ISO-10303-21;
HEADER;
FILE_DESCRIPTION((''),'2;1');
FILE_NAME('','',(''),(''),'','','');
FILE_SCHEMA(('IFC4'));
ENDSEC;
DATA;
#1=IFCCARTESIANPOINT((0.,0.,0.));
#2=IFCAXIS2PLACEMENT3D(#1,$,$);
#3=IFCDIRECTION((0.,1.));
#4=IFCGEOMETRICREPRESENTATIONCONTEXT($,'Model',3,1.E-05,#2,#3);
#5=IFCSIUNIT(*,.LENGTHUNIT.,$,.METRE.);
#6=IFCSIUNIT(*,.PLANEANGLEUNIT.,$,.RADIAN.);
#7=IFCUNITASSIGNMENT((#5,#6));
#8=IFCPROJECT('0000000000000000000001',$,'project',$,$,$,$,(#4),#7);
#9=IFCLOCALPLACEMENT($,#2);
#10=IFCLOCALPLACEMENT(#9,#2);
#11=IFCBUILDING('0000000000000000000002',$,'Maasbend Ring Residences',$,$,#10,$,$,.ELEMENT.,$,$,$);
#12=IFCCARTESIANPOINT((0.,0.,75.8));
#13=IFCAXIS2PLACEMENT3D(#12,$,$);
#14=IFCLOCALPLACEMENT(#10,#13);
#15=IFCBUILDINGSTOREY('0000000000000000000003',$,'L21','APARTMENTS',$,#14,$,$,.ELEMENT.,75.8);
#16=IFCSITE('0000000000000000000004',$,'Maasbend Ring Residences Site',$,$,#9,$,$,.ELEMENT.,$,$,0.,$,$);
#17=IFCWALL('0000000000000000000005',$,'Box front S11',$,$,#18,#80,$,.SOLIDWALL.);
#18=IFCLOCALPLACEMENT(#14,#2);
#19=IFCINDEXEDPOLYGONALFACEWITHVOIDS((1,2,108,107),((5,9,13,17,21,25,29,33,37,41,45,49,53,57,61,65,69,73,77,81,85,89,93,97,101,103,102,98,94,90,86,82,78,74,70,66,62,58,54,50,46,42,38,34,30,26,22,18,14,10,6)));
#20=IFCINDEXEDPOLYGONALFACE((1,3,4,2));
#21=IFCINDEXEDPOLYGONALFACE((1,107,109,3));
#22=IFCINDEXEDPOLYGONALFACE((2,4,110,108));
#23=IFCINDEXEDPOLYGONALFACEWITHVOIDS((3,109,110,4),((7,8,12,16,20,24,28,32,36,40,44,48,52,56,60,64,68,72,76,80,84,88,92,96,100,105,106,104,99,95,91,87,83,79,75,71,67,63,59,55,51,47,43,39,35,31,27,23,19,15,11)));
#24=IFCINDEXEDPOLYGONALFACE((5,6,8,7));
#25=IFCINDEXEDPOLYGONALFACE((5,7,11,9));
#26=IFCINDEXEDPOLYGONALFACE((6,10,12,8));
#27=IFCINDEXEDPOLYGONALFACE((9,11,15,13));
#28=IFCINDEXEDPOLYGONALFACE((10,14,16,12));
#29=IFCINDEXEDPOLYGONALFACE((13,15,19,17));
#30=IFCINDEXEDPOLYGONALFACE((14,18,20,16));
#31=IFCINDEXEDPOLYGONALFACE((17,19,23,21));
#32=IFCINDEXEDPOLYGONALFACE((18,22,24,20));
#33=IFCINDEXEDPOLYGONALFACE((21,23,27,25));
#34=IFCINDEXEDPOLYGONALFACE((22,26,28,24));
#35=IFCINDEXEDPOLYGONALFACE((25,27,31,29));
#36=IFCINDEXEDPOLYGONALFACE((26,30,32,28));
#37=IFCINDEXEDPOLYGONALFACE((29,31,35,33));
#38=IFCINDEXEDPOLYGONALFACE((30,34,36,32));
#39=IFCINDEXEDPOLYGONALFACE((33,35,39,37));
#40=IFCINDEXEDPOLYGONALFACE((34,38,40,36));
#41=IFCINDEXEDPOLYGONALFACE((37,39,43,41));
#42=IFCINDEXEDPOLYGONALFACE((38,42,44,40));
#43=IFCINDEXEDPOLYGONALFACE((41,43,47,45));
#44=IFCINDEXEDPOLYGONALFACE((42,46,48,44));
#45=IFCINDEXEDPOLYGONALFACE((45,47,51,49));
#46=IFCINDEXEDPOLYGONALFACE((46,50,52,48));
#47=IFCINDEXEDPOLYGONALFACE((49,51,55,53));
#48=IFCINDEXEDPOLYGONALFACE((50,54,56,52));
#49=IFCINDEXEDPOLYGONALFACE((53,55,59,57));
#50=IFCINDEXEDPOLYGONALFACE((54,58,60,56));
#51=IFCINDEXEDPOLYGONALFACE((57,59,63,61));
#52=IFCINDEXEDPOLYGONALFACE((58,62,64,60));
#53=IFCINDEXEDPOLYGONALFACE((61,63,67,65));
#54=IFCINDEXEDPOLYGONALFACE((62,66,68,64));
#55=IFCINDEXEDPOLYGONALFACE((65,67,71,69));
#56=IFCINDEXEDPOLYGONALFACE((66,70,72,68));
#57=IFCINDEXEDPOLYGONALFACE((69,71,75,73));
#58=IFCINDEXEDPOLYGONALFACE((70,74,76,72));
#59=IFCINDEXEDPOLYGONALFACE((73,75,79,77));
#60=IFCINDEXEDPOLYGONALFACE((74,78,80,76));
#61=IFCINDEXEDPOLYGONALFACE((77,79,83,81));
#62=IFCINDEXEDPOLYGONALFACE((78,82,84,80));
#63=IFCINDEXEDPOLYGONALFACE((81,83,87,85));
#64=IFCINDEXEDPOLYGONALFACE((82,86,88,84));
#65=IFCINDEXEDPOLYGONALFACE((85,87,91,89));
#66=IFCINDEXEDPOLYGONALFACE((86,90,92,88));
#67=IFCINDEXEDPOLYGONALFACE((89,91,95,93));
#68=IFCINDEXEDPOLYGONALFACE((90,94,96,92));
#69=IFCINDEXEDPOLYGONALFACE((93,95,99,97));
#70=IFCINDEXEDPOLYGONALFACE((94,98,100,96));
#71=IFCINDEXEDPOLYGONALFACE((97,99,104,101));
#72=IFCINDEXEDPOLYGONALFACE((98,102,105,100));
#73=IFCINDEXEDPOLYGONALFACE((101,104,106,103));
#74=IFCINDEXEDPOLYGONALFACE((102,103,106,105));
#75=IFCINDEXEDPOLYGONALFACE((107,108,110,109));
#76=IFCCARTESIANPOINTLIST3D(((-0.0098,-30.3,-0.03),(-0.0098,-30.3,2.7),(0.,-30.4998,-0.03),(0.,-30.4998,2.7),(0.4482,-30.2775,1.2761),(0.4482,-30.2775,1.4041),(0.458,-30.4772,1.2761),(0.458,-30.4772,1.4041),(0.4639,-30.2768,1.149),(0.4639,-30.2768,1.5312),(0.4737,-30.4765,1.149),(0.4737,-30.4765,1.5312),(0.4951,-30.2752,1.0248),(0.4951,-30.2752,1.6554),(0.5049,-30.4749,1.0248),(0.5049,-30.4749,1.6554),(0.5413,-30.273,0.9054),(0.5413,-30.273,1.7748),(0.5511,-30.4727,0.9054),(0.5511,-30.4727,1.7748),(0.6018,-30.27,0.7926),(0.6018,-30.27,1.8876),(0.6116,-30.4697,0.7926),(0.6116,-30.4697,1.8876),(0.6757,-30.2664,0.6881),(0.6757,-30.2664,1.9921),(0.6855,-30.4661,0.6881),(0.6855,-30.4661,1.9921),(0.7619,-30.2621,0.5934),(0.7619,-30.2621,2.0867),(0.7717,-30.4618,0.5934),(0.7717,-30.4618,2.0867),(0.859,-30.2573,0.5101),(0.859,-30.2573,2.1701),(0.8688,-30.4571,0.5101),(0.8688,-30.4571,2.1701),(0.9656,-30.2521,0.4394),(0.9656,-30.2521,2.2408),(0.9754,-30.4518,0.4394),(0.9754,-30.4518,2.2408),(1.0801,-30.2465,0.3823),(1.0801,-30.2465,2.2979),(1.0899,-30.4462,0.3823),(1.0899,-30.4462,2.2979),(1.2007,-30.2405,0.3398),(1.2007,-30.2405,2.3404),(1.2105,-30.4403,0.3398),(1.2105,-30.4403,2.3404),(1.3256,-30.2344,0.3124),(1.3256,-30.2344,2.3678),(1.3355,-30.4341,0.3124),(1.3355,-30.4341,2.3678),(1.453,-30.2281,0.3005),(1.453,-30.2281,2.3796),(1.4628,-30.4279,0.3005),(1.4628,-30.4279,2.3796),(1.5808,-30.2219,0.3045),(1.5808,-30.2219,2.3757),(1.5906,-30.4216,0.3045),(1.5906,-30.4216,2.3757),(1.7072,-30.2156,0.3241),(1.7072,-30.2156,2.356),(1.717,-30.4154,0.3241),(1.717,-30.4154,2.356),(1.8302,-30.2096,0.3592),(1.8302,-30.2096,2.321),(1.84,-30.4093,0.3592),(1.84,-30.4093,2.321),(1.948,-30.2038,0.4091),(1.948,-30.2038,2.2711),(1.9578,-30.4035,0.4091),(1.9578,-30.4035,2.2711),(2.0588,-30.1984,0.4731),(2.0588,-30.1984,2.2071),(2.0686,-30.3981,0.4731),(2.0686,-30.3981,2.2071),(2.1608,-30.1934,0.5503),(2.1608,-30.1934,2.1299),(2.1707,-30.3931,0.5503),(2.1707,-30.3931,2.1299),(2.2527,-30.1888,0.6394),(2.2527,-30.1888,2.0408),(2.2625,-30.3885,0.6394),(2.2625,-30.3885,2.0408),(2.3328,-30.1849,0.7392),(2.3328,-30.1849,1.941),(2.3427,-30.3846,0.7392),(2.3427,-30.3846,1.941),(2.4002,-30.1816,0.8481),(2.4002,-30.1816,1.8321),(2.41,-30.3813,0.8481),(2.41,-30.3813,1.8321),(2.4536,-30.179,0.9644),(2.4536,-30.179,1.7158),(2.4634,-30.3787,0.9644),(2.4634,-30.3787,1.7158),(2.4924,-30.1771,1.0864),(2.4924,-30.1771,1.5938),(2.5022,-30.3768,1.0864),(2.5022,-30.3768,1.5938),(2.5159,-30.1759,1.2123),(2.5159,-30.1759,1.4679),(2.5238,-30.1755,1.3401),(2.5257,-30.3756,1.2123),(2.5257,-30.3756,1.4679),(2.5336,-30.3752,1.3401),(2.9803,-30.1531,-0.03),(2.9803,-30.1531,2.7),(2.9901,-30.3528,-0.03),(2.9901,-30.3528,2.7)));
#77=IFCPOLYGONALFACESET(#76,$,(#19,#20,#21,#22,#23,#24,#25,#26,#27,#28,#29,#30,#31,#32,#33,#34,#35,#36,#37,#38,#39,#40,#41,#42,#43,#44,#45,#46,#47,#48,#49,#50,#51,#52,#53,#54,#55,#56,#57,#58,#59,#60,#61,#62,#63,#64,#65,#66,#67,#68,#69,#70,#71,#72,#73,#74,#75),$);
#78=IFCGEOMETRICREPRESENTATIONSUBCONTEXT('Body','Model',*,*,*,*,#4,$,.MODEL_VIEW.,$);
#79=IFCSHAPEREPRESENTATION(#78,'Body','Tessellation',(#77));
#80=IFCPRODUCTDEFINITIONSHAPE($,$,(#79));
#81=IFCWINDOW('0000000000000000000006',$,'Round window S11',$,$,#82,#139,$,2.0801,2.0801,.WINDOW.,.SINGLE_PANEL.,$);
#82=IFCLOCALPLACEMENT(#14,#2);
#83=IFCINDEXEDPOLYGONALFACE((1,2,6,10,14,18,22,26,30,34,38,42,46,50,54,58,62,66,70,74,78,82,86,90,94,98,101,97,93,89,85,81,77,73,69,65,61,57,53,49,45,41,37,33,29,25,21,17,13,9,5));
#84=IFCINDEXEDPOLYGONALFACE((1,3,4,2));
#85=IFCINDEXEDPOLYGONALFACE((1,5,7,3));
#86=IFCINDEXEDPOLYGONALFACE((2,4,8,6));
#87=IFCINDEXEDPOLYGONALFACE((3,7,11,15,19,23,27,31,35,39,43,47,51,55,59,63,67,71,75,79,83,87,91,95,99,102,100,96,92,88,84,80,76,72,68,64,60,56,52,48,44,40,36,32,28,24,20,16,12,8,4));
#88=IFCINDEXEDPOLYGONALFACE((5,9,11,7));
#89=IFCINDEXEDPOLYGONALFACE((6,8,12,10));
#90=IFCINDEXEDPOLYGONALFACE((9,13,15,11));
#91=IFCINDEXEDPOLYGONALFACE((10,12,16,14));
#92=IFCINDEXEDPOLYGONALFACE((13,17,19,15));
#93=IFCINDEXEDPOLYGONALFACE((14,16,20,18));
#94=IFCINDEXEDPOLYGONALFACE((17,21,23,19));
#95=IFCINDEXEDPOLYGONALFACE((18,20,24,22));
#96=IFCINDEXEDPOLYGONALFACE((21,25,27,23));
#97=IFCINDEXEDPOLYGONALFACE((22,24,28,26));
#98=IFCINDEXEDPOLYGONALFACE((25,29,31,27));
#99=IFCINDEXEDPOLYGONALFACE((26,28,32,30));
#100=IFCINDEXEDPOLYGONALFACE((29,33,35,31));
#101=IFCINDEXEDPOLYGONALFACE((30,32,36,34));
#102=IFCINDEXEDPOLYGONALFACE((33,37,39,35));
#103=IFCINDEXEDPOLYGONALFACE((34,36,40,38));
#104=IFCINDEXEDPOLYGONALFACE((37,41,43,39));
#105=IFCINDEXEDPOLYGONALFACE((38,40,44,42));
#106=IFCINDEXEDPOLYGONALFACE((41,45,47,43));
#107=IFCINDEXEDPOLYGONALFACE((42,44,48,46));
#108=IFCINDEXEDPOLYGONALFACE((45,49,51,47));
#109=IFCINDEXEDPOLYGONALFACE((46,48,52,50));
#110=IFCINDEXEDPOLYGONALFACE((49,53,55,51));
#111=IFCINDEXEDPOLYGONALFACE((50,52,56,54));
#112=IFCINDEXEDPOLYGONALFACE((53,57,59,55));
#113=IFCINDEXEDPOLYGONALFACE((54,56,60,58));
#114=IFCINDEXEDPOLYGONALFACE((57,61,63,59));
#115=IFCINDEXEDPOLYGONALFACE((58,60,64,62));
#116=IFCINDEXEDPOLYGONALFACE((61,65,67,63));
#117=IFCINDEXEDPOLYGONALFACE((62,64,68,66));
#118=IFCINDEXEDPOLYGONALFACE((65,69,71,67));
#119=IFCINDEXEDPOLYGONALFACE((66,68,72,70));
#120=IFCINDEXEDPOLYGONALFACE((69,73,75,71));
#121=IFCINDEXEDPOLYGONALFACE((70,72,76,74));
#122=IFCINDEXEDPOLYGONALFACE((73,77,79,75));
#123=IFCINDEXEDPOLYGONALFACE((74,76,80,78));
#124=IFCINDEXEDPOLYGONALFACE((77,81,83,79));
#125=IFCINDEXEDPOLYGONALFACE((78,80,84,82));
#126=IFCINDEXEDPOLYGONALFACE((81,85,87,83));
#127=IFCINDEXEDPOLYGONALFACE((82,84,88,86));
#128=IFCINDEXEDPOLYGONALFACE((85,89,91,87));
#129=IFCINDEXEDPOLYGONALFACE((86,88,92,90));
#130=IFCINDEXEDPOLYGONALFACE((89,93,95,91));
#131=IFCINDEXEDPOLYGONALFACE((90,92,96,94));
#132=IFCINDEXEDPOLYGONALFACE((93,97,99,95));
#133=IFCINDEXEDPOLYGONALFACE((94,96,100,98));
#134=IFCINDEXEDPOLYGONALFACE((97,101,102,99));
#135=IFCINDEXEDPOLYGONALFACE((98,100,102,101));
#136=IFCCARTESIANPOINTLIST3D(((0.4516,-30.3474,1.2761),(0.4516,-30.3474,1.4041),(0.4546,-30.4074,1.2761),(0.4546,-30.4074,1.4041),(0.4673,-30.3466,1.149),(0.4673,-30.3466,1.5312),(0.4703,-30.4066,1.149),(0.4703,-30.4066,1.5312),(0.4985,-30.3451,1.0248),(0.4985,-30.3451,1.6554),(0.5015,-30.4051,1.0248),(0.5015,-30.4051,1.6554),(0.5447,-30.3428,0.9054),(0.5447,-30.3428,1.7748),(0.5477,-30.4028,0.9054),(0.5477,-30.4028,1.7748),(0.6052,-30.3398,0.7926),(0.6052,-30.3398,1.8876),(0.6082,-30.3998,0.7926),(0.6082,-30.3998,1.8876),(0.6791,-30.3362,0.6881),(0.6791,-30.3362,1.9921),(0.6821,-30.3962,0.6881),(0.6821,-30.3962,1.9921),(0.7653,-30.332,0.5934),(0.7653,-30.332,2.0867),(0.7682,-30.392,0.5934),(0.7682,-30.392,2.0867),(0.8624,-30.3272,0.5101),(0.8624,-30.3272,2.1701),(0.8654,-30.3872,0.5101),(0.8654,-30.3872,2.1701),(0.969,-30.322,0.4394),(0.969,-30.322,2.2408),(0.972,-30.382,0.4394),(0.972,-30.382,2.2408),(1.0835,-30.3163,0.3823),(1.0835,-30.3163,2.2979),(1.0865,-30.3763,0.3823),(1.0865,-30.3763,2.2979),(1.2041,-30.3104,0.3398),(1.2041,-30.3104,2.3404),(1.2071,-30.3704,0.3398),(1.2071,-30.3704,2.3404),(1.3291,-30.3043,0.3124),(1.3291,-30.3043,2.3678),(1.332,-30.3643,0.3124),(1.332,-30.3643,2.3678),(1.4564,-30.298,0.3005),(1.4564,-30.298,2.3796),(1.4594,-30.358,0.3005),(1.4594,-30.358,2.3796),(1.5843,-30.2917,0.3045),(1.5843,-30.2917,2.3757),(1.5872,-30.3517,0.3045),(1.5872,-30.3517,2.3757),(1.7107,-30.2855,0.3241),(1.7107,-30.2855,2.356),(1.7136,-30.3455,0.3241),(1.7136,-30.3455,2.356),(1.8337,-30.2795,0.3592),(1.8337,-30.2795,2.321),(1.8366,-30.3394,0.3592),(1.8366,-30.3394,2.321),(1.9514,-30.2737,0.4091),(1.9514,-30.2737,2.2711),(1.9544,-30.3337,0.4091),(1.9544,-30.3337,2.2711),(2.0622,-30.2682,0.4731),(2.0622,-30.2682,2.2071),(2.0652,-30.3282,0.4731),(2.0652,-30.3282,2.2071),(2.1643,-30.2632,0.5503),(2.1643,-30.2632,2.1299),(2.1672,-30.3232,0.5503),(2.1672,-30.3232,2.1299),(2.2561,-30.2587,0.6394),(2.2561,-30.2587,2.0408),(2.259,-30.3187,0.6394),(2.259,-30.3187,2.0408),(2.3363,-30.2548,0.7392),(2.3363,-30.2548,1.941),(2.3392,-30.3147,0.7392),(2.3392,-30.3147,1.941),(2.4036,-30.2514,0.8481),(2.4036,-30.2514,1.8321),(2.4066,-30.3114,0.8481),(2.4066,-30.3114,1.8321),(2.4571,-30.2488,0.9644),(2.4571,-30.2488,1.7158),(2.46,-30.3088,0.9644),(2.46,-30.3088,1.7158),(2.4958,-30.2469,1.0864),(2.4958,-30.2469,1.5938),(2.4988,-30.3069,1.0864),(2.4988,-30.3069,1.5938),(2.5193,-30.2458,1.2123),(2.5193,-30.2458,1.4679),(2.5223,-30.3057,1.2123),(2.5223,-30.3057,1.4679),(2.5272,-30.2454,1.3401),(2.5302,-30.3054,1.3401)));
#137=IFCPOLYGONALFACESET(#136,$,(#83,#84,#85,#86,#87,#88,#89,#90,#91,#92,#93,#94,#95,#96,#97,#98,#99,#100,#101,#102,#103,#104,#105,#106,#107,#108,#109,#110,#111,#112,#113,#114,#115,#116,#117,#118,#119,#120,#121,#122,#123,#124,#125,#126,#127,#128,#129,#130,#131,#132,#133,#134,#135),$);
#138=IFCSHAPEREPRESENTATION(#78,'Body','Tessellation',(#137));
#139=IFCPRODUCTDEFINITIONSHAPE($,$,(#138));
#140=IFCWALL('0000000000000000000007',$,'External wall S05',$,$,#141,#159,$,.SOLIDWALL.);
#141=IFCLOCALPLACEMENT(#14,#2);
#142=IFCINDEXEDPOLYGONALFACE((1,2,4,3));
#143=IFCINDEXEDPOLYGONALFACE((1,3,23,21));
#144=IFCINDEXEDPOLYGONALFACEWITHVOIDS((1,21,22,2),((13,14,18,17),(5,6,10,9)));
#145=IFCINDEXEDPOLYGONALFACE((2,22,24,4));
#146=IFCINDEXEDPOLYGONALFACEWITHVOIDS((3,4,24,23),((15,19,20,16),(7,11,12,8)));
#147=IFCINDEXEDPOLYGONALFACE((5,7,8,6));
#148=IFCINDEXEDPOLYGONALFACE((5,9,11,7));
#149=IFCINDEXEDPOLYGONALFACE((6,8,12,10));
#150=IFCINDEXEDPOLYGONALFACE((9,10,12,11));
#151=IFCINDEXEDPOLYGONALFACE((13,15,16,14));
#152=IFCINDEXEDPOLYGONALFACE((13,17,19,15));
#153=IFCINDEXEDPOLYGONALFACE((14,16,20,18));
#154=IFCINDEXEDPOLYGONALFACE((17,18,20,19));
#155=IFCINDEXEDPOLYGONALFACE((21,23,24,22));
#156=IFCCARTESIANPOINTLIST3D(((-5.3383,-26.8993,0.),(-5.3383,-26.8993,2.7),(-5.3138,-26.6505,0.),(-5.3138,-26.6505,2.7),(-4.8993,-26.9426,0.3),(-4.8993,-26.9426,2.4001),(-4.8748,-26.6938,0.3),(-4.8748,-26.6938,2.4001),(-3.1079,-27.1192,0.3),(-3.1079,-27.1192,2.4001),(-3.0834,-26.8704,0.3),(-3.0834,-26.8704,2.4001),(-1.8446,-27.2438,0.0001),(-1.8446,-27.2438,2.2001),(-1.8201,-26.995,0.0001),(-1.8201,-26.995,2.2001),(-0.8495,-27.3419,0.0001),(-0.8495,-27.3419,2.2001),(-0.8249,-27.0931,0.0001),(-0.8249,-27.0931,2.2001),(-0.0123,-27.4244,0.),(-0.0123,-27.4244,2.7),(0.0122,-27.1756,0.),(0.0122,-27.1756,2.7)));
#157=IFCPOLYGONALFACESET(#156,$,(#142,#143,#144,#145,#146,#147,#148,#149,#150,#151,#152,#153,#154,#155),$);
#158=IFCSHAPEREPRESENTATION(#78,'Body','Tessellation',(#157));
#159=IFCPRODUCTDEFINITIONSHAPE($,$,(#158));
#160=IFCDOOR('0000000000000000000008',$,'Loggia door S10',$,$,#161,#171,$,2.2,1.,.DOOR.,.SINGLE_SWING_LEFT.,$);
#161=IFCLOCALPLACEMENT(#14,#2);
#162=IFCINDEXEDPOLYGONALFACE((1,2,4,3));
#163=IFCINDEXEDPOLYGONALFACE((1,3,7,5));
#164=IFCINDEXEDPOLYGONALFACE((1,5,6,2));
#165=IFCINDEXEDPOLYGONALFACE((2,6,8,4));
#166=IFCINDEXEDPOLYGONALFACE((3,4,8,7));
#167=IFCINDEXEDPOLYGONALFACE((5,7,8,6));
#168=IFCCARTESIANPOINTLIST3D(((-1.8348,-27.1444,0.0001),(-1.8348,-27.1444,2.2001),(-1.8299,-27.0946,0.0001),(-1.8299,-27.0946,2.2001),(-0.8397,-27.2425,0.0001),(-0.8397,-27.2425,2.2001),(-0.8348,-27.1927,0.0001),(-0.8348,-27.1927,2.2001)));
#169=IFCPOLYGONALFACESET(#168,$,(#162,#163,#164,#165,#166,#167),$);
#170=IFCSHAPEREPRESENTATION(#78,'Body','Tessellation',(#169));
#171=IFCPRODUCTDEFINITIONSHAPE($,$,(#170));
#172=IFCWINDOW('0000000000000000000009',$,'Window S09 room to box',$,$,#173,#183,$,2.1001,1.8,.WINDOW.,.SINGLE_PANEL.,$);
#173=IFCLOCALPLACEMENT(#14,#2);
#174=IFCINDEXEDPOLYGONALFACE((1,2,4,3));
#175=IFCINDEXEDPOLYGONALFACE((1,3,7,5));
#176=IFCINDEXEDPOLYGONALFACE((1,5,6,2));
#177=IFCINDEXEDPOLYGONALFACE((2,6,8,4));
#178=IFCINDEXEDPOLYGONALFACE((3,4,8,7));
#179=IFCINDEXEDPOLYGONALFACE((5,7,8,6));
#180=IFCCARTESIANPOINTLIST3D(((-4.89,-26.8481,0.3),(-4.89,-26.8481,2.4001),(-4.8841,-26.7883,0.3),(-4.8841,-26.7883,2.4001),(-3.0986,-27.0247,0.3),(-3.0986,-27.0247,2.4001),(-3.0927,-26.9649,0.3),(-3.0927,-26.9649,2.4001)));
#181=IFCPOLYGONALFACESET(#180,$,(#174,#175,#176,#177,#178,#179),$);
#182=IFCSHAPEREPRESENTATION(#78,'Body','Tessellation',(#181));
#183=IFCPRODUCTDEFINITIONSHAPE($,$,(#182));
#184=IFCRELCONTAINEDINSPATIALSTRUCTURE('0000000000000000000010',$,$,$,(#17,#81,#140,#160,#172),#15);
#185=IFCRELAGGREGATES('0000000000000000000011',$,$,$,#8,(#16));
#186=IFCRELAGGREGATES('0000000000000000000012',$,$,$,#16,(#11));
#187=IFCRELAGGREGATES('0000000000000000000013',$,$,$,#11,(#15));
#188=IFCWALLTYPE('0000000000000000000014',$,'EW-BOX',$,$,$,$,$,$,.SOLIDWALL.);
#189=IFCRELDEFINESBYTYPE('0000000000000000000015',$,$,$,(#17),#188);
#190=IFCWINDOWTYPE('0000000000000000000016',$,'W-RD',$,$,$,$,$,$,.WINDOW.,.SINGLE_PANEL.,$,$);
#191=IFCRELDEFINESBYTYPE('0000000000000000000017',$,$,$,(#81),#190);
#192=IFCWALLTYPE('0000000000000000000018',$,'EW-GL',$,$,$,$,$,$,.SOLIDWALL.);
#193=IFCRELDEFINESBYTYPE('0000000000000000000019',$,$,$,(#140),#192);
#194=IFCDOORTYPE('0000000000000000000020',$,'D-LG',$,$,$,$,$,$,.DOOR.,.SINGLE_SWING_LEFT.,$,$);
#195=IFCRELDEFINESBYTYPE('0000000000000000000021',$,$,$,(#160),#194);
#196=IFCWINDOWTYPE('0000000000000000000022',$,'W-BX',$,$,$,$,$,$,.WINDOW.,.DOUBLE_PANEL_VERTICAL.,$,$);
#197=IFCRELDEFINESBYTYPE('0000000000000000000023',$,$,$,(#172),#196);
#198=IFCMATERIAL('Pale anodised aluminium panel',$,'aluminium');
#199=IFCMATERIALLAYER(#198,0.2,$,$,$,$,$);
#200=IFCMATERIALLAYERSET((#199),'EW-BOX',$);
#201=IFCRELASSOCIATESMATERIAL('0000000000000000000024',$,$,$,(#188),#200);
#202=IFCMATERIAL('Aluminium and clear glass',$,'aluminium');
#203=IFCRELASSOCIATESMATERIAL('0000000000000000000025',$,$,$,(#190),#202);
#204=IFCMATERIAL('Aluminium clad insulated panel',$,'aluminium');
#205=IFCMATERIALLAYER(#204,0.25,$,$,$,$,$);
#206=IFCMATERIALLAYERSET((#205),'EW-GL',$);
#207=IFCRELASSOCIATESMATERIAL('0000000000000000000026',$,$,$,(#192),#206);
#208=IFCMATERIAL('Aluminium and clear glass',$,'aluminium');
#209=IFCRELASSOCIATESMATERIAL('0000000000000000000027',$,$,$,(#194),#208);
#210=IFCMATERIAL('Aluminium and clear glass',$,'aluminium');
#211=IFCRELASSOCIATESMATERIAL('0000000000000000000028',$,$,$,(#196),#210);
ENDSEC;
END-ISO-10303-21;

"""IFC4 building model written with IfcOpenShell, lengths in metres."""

from ifc_helpers import new_model, si_unit, direction, frame, frame_2d, origin, place, context, subcontext, project, spatial, rectangle, circle, extrude, material, layer, layer_set, type_object, element, fill, save


model = new_model("IFC4")

# Units and contexts
model_context = context("Model", 3, precision=1e-05, world=origin(), true_north=direction((0.0, 1.0)))
body_context = subcontext(model_context, "Body", "Model", "MODEL_VIEW")
ifc_project = project(units=[si_unit("LENGTHUNIT", "METRE"), si_unit("PLANEANGLEUNIT", "RADIAN")], contexts=[model_context])

# Site, building, storey
site_placement = place(None, origin())
site = spatial("IfcSite", under=ifc_project, at=site_placement, Name="Maasbend Ring Residences Site", CompositionType="ELEMENT", RefElevation=0.0)
building_placement = place(site_placement, origin())
building = spatial("IfcBuilding", under=site, at=building_placement, Name="Maasbend Ring Residences", CompositionType="ELEMENT")
storey_placement = place(building_placement, frame((0.0, 0.0, 75.8)))
storey = spatial("IfcBuildingStorey", under=building, at=storey_placement, Name="L21", Description="APARTMENTS", CompositionType="ELEMENT", Elevation=75.8)

# Shared definitions
ifc_material_1 = material(Name="Pale anodised aluminium panel", Category="aluminium")
ifc_layer_1 = layer(ifc_material_1, 0.2)
ifc_layer_set_1 = layer_set([ifc_layer_1], Name="EW-BOX")
wall_type_1 = type_object("IfcWallType", Name="EW-BOX", PredefinedType="SOLIDWALL", material=ifc_layer_set_1)

# Shared definitions
ifc_material_2 = material(Name="Aluminium and clear glass", Category="aluminium")
window_type_1 = type_object("IfcWindowType", Name="W-RD", PartitioningType="SINGLE_PANEL", PredefinedType="WINDOW", material=ifc_material_2)

# Wall, opening, window
wall_1_placement = place(storey_placement, frame((-0.0049, -30.3999, -0.03), z_axis=(0.0, 0.0, 1.0), x_axis=(0.998794, 0.049096, 0.0)))
wall_1 = element("IfcWall", 1, at=wall_1_placement, inside=storey, type_object=wall_type_1, Name="Box front S11", PredefinedType="SOLIDWALL", context=body_context, shape_type="SweptSolid", body=[
    extrude(rectangle(XDim=2.9937, YDim=0.2, at=frame_2d((1.4968, 0.0))), origin(), (0.0, 0.0, 1.0), 2.73),
])
opening_1_placement = place(wall_1_placement, frame((0.4565, 0.0, 0.3301)))
opening_1 = element("IfcOpeningElement", 2, at=opening_1_placement, cuts=wall_1, PredefinedType="OPENING", context=body_context, shape_type="SweptSolid", body=[
    extrude(circle(Radius=1.04, at=frame_2d((1.04, 1.04))), frame((0.0, 0.1099, 0.0), z_axis=(0.0, -1.0, 0.0), x_axis=(1.0, 0.0, 0.0)), (0.0, 0.0, 1.0), 0.22),
])
window_1_placement = place(opening_1_placement, origin())
window_1 = element("IfcWindow", 3, at=window_1_placement, inside=storey, type_object=window_type_1, Name="Round window S11", OverallHeight=2.0801, OverallWidth=2.0801, PartitioningType="SINGLE_PANEL", PredefinedType="WINDOW", context=body_context, shape_type="SweptSolid", body=[
    extrude(circle(Radius=1.04, at=frame_2d((1.04, 1.04))), frame((0.0, 0.03, 0.0), z_axis=(0.0, -1.0, 0.0), x_axis=(1.0, 0.0, 0.0)), (0.0, 0.0, 1.0), 0.0601),
])
fill(opening_1, window_1)

# Wall, openings, door, window
ifc_material_3 = material(Name="Aluminium clad insulated panel", Category="aluminium")
ifc_layer_2 = layer(ifc_material_3, 0.25)
ifc_layer_set_2 = layer_set([ifc_layer_2], Name="EW-GL")
wall_type_2 = type_object("IfcWallType", Name="EW-GL", PredefinedType="SOLIDWALL", material=ifc_layer_set_2)
wall_2_placement = place(storey_placement, frame((-5.3259, -26.7749, 0.0), z_axis=(0.0, 0.0, 1.0), x_axis=(0.995174, -0.098126, 0.0)))
wall_2 = element("IfcWall", 4, at=wall_2_placement, inside=storey, type_object=wall_type_2, Name="External wall S05", PredefinedType="SOLIDWALL", context=body_context, shape_type="SweptSolid", body=[
    extrude(rectangle(XDim=5.3518, YDim=0.25, at=frame_2d((2.6758, 0.0))), origin(), (0.0, 0.0, 1.0), 2.7),
])
opening_2_placement = place(wall_2_placement, frame((0.4412, 0.0, 0.3)))
opening_2 = element("IfcOpeningElement", 5, at=opening_2_placement, cuts=wall_2, PredefinedType="OPENING", context=body_context, shape_type="SweptSolid", body=[
    extrude(rectangle(XDim=1.8, YDim=2.1001, at=frame_2d((0.8999, 1.05))), frame((0.0, 0.135, 0.0), z_axis=(0.0, -1.0, 0.0), x_axis=(1.0, 0.0, 0.0)), (0.0, 0.0, 1.0), 0.27),
])
opening_3_placement = place(wall_2_placement, frame((3.5105, 0.0, 0.0)))
opening_3 = element("IfcOpeningElement", 6, at=opening_3_placement, cuts=wall_2, PredefinedType="OPENING", context=body_context, shape_type="SweptSolid", body=[
    extrude(rectangle(XDim=1.0, YDim=2.2, at=frame_2d((0.5, 1.1001))), frame((0.0, 0.135, 0.0), z_axis=(0.0, -1.0, 0.0), x_axis=(1.0, 0.0, 0.0)), (0.0, 0.0, 1.0), 0.27),
])
ifc_material_4 = material(Name="Aluminium and clear glass", Category="aluminium")
door_type_1 = type_object("IfcDoorType", Name="D-LG", OperationType="SINGLE_SWING_LEFT", PredefinedType="DOOR", material=ifc_material_4)
door_1_placement = place(opening_3_placement, origin())
door_1 = element("IfcDoor", 7, at=door_1_placement, inside=storey, type_object=door_type_1, Name="Loggia door S10", OperationType="SINGLE_SWING_LEFT", OverallHeight=2.2, OverallWidth=1.0, PredefinedType="DOOR", context=body_context, shape_type="SweptSolid", body=[
    extrude(rectangle(XDim=1.0, YDim=2.2, at=frame_2d((0.5, 1.1001))), frame((0.0, 0.0249, 0.0), z_axis=(0.0, -1.0, 0.0), x_axis=(1.0, 0.0, 0.0)), (0.0, 0.0, 1.0), 0.05),
])
fill(opening_3, door_1)
ifc_material_5 = material(Name="Aluminium and clear glass", Category="aluminium")
window_type_2 = type_object("IfcWindowType", Name="W-BX", PartitioningType="DOUBLE_PANEL_VERTICAL", PredefinedType="WINDOW", material=ifc_material_5)
window_2_placement = place(opening_2_placement, origin())
window_2 = element("IfcWindow", 8, at=window_2_placement, inside=storey, type_object=window_type_2, Name="Window S09 room to box", OverallHeight=2.1001, OverallWidth=1.8, PartitioningType="SINGLE_PANEL", PredefinedType="WINDOW", context=body_context, shape_type="SweptSolid", body=[
    extrude(rectangle(XDim=1.8, YDim=2.1001, at=frame_2d((0.8999, 1.05))), frame((0.0, 0.03, 0.0), z_axis=(0.0, -1.0, 0.0), x_axis=(1.0, 0.0, 0.0)), (0.0, 0.0, 1.0), 0.0601),
])
fill(opening_2, window_2)

save(model, "model.ifc")
